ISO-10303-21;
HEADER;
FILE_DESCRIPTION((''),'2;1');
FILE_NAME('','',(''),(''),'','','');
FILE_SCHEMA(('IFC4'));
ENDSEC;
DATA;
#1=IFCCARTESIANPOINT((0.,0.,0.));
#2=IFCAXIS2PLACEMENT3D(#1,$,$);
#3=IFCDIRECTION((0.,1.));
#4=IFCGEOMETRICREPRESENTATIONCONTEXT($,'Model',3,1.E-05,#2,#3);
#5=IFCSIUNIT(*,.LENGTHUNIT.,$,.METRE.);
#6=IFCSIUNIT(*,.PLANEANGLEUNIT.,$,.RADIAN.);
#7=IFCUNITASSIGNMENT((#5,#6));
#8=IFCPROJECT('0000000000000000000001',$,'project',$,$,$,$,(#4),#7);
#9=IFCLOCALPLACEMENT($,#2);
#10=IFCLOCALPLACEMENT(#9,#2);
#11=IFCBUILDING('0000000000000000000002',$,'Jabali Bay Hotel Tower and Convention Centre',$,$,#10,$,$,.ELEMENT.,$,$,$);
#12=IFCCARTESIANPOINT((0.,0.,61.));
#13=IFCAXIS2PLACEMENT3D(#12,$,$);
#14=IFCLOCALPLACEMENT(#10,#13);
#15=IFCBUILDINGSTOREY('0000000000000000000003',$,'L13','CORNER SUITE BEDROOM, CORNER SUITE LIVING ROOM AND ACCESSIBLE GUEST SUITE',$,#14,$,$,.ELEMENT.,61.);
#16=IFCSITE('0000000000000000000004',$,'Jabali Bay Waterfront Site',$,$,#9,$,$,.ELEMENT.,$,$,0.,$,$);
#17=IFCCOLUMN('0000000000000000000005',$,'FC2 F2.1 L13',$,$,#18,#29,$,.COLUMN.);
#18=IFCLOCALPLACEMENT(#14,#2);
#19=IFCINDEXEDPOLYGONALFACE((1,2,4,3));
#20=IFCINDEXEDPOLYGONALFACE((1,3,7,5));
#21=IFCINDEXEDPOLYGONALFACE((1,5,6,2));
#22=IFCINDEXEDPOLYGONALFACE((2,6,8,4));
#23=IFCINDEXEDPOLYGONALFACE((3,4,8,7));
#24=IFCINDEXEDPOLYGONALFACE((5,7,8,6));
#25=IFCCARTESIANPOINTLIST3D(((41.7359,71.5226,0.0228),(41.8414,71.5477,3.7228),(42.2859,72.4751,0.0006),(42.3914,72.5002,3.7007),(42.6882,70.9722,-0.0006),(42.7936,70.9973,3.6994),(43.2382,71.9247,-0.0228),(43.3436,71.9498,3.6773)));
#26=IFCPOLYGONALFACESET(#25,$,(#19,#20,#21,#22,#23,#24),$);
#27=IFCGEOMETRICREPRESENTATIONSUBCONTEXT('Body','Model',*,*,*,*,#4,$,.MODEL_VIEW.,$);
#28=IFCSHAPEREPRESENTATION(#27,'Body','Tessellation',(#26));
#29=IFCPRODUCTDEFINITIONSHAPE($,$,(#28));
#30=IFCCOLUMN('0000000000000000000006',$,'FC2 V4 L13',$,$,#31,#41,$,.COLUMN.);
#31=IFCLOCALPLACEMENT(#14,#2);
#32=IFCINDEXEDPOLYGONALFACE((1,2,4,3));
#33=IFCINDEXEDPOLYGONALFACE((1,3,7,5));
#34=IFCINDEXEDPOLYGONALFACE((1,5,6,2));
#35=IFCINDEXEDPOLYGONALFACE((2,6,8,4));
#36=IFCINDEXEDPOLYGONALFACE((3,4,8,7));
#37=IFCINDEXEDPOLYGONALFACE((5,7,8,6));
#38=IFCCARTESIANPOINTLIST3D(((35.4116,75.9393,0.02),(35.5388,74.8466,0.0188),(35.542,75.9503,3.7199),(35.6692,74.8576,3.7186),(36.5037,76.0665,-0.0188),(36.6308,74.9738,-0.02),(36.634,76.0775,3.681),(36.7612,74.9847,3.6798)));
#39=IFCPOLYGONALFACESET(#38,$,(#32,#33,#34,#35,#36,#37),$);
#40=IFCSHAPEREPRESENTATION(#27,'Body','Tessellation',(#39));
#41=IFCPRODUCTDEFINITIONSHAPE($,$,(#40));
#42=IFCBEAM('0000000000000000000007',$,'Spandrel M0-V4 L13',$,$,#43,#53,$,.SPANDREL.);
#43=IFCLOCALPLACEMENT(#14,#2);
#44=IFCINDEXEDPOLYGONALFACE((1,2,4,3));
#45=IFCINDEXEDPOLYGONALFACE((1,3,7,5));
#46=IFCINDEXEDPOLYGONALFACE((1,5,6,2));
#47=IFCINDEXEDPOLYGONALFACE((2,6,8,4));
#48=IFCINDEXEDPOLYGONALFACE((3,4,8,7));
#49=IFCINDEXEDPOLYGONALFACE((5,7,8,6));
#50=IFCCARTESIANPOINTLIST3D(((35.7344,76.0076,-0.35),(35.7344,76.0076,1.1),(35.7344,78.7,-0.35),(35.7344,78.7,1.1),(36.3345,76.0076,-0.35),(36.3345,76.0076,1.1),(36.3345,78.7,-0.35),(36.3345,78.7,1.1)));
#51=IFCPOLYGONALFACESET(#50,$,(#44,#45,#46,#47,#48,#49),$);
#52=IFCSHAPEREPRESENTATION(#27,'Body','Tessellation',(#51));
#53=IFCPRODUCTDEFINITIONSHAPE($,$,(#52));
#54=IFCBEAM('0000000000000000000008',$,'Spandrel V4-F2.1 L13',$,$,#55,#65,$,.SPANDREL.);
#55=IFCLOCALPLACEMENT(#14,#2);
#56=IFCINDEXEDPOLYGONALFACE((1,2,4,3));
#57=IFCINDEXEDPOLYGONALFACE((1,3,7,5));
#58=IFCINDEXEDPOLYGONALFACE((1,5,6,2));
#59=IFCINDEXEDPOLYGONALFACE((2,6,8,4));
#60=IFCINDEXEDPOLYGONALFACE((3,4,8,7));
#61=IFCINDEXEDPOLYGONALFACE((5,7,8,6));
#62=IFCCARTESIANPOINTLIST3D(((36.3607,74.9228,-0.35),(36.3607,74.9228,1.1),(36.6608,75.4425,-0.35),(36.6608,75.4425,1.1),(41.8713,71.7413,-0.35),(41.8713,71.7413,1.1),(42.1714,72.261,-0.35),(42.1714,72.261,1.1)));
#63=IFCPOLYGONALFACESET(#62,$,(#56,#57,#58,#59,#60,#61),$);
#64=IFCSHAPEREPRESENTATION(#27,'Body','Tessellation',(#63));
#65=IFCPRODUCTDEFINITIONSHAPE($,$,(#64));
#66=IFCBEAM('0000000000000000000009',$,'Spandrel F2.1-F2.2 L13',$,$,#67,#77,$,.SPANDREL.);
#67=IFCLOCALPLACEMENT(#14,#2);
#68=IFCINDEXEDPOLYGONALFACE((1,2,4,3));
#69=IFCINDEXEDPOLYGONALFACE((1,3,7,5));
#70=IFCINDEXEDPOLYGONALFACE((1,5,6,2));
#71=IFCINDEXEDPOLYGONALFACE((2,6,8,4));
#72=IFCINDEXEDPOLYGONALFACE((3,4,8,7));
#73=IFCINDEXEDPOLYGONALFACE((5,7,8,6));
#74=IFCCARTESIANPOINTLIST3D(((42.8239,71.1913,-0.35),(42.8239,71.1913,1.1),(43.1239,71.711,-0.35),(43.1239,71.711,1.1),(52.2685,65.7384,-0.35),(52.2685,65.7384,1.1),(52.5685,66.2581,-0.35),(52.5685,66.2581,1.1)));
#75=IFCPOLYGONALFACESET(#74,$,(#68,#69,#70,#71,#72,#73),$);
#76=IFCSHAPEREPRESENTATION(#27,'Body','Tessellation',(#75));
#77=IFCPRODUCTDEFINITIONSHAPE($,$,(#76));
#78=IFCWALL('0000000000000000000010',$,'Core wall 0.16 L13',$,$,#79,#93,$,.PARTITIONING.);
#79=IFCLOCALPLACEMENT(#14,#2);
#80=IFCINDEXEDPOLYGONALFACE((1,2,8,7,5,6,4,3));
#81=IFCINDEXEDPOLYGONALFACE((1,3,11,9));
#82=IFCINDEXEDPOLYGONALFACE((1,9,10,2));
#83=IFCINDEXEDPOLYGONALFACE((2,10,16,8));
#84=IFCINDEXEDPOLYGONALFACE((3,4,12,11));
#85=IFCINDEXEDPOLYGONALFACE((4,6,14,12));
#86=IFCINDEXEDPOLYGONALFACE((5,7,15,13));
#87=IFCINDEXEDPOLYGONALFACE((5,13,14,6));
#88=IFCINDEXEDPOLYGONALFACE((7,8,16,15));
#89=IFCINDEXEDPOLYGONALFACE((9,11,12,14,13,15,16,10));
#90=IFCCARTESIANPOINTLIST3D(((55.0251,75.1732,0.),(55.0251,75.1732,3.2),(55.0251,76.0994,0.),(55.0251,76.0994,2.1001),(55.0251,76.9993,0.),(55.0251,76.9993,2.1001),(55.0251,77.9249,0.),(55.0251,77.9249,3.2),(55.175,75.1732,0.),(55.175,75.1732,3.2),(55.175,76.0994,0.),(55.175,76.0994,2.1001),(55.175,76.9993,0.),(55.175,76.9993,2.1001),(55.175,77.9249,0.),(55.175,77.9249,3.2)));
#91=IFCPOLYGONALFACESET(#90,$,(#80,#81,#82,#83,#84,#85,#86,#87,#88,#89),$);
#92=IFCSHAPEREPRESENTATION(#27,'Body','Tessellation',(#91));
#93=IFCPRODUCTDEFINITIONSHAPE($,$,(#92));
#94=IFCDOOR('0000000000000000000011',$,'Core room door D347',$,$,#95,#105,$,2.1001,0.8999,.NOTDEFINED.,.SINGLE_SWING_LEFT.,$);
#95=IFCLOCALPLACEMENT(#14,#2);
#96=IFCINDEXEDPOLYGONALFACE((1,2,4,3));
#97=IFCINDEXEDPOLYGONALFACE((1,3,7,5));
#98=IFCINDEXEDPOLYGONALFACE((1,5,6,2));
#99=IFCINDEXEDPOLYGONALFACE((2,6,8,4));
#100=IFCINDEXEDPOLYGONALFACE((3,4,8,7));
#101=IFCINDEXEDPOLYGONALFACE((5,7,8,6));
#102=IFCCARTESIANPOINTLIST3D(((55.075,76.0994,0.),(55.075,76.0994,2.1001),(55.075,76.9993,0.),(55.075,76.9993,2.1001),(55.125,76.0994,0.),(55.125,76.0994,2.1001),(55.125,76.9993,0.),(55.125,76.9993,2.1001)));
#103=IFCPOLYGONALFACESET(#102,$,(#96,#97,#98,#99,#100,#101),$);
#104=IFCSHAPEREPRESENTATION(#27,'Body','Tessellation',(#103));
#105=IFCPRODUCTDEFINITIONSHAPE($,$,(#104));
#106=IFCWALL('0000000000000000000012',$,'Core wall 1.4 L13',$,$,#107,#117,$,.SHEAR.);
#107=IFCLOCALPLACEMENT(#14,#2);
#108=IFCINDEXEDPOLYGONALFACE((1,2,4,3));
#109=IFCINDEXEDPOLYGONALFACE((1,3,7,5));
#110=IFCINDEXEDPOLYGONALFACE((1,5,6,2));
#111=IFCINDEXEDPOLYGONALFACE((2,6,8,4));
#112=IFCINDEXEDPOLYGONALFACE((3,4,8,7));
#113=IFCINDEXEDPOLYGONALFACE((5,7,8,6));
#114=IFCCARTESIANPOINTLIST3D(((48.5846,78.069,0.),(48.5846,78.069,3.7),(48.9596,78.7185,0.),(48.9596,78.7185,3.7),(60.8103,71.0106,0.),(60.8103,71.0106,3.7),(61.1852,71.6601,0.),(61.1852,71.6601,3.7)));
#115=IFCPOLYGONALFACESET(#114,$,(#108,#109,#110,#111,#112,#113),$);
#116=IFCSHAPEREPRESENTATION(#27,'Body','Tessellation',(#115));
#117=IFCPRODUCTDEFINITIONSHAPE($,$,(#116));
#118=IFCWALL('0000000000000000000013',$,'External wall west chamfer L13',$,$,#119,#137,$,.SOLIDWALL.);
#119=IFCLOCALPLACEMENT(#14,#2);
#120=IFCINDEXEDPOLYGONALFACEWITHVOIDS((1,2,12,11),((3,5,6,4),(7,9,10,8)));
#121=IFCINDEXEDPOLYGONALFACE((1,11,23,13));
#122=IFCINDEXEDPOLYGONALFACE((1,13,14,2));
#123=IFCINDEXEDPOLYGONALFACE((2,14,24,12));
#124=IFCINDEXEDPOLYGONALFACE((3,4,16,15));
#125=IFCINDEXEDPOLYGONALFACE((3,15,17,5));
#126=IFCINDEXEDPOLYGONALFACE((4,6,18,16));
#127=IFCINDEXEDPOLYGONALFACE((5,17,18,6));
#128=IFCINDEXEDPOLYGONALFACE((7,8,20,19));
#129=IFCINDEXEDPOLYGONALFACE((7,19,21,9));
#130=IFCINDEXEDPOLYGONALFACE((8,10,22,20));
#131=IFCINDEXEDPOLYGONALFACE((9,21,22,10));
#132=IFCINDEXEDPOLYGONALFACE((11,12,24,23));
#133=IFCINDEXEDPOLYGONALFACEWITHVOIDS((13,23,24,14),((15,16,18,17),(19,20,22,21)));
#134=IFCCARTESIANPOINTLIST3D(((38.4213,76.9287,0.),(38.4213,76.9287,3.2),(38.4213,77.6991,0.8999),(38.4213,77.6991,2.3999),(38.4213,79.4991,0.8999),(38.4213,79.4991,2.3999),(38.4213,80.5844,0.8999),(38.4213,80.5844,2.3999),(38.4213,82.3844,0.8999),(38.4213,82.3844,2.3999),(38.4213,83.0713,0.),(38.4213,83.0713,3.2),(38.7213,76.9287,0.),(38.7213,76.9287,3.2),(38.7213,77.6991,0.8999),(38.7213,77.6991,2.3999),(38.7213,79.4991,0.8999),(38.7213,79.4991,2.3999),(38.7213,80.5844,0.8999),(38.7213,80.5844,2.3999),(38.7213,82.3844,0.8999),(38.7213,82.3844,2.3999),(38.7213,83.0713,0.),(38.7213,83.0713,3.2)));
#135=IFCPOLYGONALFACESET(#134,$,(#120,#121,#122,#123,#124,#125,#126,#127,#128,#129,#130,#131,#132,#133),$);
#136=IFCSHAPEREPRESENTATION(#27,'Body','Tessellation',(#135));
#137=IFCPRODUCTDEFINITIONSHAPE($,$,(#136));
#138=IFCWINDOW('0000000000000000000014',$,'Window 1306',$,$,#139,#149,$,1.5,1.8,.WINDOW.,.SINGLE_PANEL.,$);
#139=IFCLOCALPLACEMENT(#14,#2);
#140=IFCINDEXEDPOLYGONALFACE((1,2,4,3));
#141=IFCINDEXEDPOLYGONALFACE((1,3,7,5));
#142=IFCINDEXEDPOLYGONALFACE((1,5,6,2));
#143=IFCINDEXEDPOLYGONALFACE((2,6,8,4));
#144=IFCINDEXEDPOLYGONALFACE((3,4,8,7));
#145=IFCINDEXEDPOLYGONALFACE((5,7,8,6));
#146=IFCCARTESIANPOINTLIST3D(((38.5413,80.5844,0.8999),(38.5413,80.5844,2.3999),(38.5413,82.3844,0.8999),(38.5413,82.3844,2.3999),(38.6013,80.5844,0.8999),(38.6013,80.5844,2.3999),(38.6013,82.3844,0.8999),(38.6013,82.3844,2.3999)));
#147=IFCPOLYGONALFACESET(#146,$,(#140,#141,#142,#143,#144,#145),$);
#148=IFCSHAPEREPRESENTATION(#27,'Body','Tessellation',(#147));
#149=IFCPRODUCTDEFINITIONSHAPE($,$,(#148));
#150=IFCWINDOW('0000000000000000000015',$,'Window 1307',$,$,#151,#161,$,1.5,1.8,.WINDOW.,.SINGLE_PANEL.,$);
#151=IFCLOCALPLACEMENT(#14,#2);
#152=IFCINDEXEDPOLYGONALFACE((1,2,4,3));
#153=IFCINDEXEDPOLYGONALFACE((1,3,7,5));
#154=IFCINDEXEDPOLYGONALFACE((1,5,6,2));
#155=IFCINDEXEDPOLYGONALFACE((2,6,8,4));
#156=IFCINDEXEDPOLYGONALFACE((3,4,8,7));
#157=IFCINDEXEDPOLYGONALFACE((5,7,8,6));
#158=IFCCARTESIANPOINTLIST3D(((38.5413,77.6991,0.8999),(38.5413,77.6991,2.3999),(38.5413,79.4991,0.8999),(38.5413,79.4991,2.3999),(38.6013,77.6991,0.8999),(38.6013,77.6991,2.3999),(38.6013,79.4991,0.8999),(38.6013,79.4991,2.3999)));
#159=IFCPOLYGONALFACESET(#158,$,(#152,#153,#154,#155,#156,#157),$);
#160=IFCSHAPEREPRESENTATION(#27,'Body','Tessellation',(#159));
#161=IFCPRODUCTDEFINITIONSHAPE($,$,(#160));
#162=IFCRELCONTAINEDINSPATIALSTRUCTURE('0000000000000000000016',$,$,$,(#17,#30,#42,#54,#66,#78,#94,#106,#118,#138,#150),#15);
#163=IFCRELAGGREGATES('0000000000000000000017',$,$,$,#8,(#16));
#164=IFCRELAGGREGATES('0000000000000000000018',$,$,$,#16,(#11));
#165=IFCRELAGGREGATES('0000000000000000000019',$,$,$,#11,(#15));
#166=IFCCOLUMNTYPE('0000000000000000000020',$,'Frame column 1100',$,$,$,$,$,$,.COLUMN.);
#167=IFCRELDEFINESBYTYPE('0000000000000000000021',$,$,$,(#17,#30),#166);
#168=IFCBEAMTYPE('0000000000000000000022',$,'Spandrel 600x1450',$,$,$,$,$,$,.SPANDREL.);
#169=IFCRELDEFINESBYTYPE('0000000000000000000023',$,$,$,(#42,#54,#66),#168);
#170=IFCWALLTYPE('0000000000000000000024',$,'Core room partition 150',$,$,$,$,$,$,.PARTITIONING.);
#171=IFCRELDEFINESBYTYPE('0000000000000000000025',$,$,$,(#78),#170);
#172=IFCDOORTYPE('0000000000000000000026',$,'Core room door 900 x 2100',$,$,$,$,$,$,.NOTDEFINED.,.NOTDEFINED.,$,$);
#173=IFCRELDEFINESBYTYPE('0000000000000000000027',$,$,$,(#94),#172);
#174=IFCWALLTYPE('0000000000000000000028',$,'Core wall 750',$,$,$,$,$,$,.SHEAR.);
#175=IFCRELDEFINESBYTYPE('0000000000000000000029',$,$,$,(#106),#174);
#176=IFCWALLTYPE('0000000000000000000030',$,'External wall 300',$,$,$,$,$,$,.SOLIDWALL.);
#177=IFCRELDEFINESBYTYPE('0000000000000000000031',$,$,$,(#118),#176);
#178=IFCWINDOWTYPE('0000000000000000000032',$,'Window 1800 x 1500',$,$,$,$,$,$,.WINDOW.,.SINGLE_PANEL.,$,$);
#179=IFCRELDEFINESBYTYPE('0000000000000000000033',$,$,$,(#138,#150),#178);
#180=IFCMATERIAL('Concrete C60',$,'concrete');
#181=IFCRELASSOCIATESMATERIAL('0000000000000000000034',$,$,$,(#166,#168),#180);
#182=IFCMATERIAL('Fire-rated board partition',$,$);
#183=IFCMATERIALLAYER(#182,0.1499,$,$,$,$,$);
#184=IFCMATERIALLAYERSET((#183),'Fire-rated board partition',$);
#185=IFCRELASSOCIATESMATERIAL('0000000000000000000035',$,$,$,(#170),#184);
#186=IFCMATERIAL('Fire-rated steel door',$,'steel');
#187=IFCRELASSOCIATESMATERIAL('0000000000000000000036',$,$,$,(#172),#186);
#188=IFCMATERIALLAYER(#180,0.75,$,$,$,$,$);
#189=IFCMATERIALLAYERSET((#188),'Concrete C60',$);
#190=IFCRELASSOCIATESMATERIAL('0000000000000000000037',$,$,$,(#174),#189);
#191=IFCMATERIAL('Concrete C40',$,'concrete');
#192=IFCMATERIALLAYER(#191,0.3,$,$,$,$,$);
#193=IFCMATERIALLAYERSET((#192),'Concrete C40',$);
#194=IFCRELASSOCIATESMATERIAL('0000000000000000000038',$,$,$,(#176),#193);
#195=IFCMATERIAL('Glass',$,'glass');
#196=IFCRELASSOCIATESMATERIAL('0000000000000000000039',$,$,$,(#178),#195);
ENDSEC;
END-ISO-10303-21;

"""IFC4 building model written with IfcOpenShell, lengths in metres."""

from ifc_helpers import new_model, si_unit, direction, frame, frame_2d, origin, origin_2d, place, context, subcontext, project, spatial, rectangle, extrude, material, layer, layer_set, material_profile, profile_set, type_object, element, fill, save


model = new_model("IFC4")

# Units and contexts
model_context = context("Model", 3, precision=1e-05, world=origin(), true_north=direction((0.0, 1.0)))
body_context = subcontext(model_context, "Body", "Model", "MODEL_VIEW")
ifc_project = project(units=[si_unit("LENGTHUNIT", "METRE"), si_unit("PLANEANGLEUNIT", "RADIAN")], contexts=[model_context])

# Site, building, storey
site_placement = place(None, origin())
site = spatial("IfcSite", under=ifc_project, at=site_placement, Name="Jabali Bay Waterfront Site", CompositionType="ELEMENT", RefElevation=0.0)
building_placement = place(site_placement, origin())
building = spatial("IfcBuilding", under=site, at=building_placement, Name="Jabali Bay Hotel Tower and Convention Centre", CompositionType="ELEMENT")
storey_placement = place(building_placement, frame((0.0, 0.0, 61.0)))
storey = spatial("IfcBuildingStorey", under=building, at=storey_placement, Name="L13", Description="CORNER SUITE BEDROOM, CORNER SUITE LIVING ROOM AND ACCESSIBLE GUEST SUITE", CompositionType="ELEMENT", Elevation=61.0)

# Columns
ifc_material_1 = material(Name="Concrete C60", Category="concrete")
ifc_material_profile_1 = material_profile(ifc_material_1, rectangle(XDim=1.1001, YDim=1.1001, at=origin_2d()), Name="Frame column 1100")
ifc_profile_set_1 = profile_set([ifc_material_profile_1], Name="Concrete C60")
column_type = type_object("IfcColumnType", Name="Frame column 1100", PredefinedType="COLUMN", material=ifc_profile_set_1)
column_1_placement = place(storey_placement, frame((42.4871, 71.7236, 0.0), z_axis=(0.028493, 0.006794, 0.999571), x_axis=(-0.865581, 0.500317, 0.021273)))
element("IfcColumn", 1, at=column_1_placement, inside=storey, type_object=column_type, Name="FC2 F2.1 L13", PredefinedType="COLUMN", context=body_context, shape_type="SweptSolid", body=[
    extrude(rectangle(XDim=1.1001, YDim=1.1001, at=origin_2d()), origin(), (0.0, 0.0, 1.0), 3.7017),
])
column_2_placement = place(storey_placement, frame((36.0212, 75.4565, 0.0), z_axis=(0.035214, 0.002967, 0.999375), x_axis=(-0.115603, 0.993295, 0.001124)))
element("IfcColumn", 2, at=column_2_placement, inside=storey, type_object=column_type, Name="FC2 V4 L13", PredefinedType="COLUMN", context=body_context, shape_type="SweptSolid", body=[
    extrude(rectangle(XDim=1.1001, YDim=1.1001, at=origin_2d()), origin(), (0.0, 0.0, 1.0), 3.7021),
])

# Beams
ifc_material_profile_2 = material_profile(ifc_material_1, rectangle(XDim=0.6001, YDim=1.45, at=origin_2d()), Name="Spandrel 600x1450")
ifc_profile_set_2 = profile_set([ifc_material_profile_2], Name="Concrete C60")
beam_type = type_object("IfcBeamType", Name="Spandrel 600x1450", PredefinedType="SPANDREL", material=ifc_profile_set_2)
beam_1_placement = place(storey_placement, frame((36.0344, 78.7, 0.375), z_axis=(0.0, -1.0, 0.0), x_axis=(1.0, 0.0, 0.0)))
element("IfcBeam", 3, at=beam_1_placement, inside=storey, type_object=beam_type, Name="Spandrel M0-V4 L13", PredefinedType="SPANDREL", context=body_context, shape_type="SweptSolid", body=[
    extrude(rectangle(XDim=0.6001, YDim=1.45, at=origin_2d()), origin(), (0.0, 0.0, 1.0), 2.6924),
])
beam_2_placement = place(storey_placement, frame((36.5107, 75.1826, 0.375), z_axis=(0.866032, -0.499989, 0.0), x_axis=(0.499989, 0.866032, 0.0)))
element("IfcBeam", 4, at=beam_2_placement, inside=storey, type_object=beam_type, Name="Spandrel V4-F2.1 L13", PredefinedType="SPANDREL", context=body_context, shape_type="SweptSolid", body=[
    extrude(rectangle(XDim=0.6001, YDim=1.45, at=origin_2d()), origin(), (0.0, 0.0, 1.0), 6.363),
])
beam_3_placement = place(storey_placement, frame((42.9739, 71.4512, 0.375), z_axis=(0.866023, -0.500003, 0.0), x_axis=(0.500003, 0.866023, 0.0)))
element("IfcBeam", 5, at=beam_3_placement, inside=storey, type_object=beam_type, Name="Spandrel F2.1-F2.2 L13", PredefinedType="SPANDREL", context=body_context, shape_type="SweptSolid", body=[
    extrude(rectangle(XDim=0.6001, YDim=1.45, at=origin_2d()), origin(), (0.0, 0.0, 1.0), 10.9058),
])

# Wall, opening, door
ifc_material_2 = material(Name="Fire-rated board partition")
ifc_layer_1 = layer(ifc_material_2, 0.1499)
ifc_layer_set_1 = layer_set([ifc_layer_1], Name="Fire-rated board partition")
wall_type_1 = type_object("IfcWallType", Name="Core room partition 150", PredefinedType="PARTITIONING", material=ifc_layer_set_1)
wall_1_placement = place(storey_placement, frame((55.1001, 77.925, 0.0), z_axis=(0.0, 0.0, 1.0), x_axis=(0.0, -1.0, 0.0)))
wall_1 = element("IfcWall", 6, at=wall_1_placement, inside=storey, type_object=wall_type_1, Name="Core wall 0.16 L13", PredefinedType="PARTITIONING", context=body_context, shape_type="SweptSolid", body=[
    extrude(rectangle(XDim=2.7517, YDim=0.1499, at=frame_2d((1.376, 0.0))), origin(), (0.0, 0.0, 1.0), 3.2),
])
opening_1_placement = place(wall_1_placement, frame((0.9258, 0.0, 0.0)))
opening_1 = element("IfcOpeningElement", 7, at=opening_1_placement, cuts=wall_1, PredefinedType="OPENING", context=body_context, shape_type="SweptSolid", body=[
    extrude(rectangle(XDim=0.8999, YDim=2.1001, at=frame_2d((0.45, 1.05))), frame((0.0, 0.0854, 0.0), z_axis=(0.0, -1.0, 0.0), x_axis=(1.0, 0.0, 0.0)), (0.0, 0.0, 1.0), 0.1709),
])
ifc_material_3 = material(Name="Fire-rated steel door", Category="steel")
door_type_1 = type_object("IfcDoorType", Name="Core room door 900 x 2100", OperationType="NOTDEFINED", PredefinedType="NOTDEFINED", material=ifc_material_3)
door_1_placement = place(opening_1_placement, origin())
door_1 = element("IfcDoor", 8, at=door_1_placement, inside=storey, type_object=door_type_1, Name="Core room door D347", OperationType="SINGLE_SWING_LEFT", OverallHeight=2.1001, OverallWidth=0.8999, PredefinedType="NOTDEFINED", context=body_context, shape_type="SweptSolid", body=[
    extrude(rectangle(XDim=0.8999, YDim=2.1001, at=frame_2d((0.45, 1.05))), frame((0.0, 0.0249, 0.0), z_axis=(0.0, -1.0, 0.0), x_axis=(1.0, 0.0, 0.0)), (0.0, 0.0, 1.0), 0.05),
])
fill(opening_1, door_1)

# Wall
ifc_layer_2 = layer(ifc_material_1, 0.75)
ifc_layer_set_2 = layer_set([ifc_layer_2], Name="Concrete C60")
wall_type_2 = type_object("IfcWallType", Name="Core wall 750", PredefinedType="SHEAR", material=ifc_layer_set_2)
wall_2_placement = place(storey_placement, frame((48.772, 78.3938, 0.0), z_axis=(0.0, 0.0, 1.0), x_axis=(0.866028, -0.499995, 0.0)))
element("IfcWall", 9, at=wall_2_placement, inside=storey, type_object=wall_type_2, Name="Core wall 1.4 L13", PredefinedType="SHEAR", context=body_context, shape_type="SweptSolid", body=[
    extrude(rectangle(XDim=14.1169, YDim=0.75, at=frame_2d((7.0586, 0.0))), origin(), (0.0, 0.0, 1.0), 3.7),
])

# Wall, openings, windows
ifc_material_4 = material(Name="Concrete C40", Category="concrete")
ifc_layer_3 = layer(ifc_material_4, 0.3)
ifc_layer_set_3 = layer_set([ifc_layer_3], Name="Concrete C40")
wall_type_3 = type_object("IfcWallType", Name="External wall 300", PredefinedType="SOLIDWALL", material=ifc_layer_set_3)
wall_3_placement = place(storey_placement, frame((38.5713, 76.9287, 0.0), z_axis=(0.0, 0.0, 1.0), x_axis=(0.0, 1.0, 0.0)))
wall_3 = element("IfcWall", 10, at=wall_3_placement, inside=storey, type_object=wall_type_3, Name="External wall west chamfer L13", PredefinedType="SOLIDWALL", context=body_context, shape_type="SweptSolid", body=[
    extrude(rectangle(XDim=6.1426, YDim=0.3, at=frame_2d((3.0713, 0.0))), origin(), (0.0, 0.0, 1.0), 3.2),
])
opening_2_placement = place(wall_3_placement, frame((3.6558, 0.0, 0.8999)))
opening_2 = element("IfcOpeningElement", 11, at=opening_2_placement, cuts=wall_3, PredefinedType="OPENING", context=body_context, shape_type="SweptSolid", body=[
    extrude(rectangle(XDim=1.8, YDim=1.5, at=frame_2d((0.8999, 0.75))), frame((0.0, 0.1606, 0.0), z_axis=(0.0, -1.0, 0.0), x_axis=(1.0, 0.0, 0.0)), (0.0, 0.0, 1.0), 0.321),
])
opening_3_placement = place(wall_3_placement, frame((0.7705, 0.0, 0.8999)))
opening_3 = element("IfcOpeningElement", 12, at=opening_3_placement, cuts=wall_3, PredefinedType="OPENING", context=body_context, shape_type="SweptSolid", body=[
    extrude(rectangle(XDim=1.8, YDim=1.5, at=frame_2d((0.8999, 0.75))), frame((0.0, 0.1606, 0.0), z_axis=(0.0, -1.0, 0.0), x_axis=(1.0, 0.0, 0.0)), (0.0, 0.0, 1.0), 0.321),
])
ifc_material_5 = material(Name="Glass", Category="glass")
window_type = type_object("IfcWindowType", Name="Window 1800 x 1500", PartitioningType="SINGLE_PANEL", PredefinedType="WINDOW", material=ifc_material_5)
window_1_placement = place(opening_2_placement, origin())
window_1 = element("IfcWindow", 13, at=window_1_placement, inside=storey, type_object=window_type, Name="Window 1306", OverallHeight=1.5, OverallWidth=1.8, PartitioningType="SINGLE_PANEL", PredefinedType="WINDOW", context=body_context, shape_type="SweptSolid", body=[
    extrude(rectangle(XDim=1.8, YDim=1.5, at=frame_2d((0.8999, 0.75))), frame((0.0, 0.03, 0.0), z_axis=(0.0, -1.0, 0.0), x_axis=(1.0, 0.0, 0.0)), (0.0, 0.0, 1.0), 0.0601),
])
fill(opening_2, window_1)
window_2_placement = place(opening_3_placement, origin())
window_2 = element("IfcWindow", 14, at=window_2_placement, inside=storey, type_object=window_type, Name="Window 1307", OverallHeight=1.5, OverallWidth=1.8, PartitioningType="SINGLE_PANEL", PredefinedType="WINDOW", context=body_context, shape_type="SweptSolid", body=[
    extrude(rectangle(XDim=1.8, YDim=1.5, at=frame_2d((0.8999, 0.75))), frame((0.0, 0.03, 0.0), z_axis=(0.0, -1.0, 0.0), x_axis=(1.0, 0.0, 0.0)), (0.0, 0.0, 1.0), 0.0601),
])
fill(opening_3, window_2)

save(model, "model.ifc")
